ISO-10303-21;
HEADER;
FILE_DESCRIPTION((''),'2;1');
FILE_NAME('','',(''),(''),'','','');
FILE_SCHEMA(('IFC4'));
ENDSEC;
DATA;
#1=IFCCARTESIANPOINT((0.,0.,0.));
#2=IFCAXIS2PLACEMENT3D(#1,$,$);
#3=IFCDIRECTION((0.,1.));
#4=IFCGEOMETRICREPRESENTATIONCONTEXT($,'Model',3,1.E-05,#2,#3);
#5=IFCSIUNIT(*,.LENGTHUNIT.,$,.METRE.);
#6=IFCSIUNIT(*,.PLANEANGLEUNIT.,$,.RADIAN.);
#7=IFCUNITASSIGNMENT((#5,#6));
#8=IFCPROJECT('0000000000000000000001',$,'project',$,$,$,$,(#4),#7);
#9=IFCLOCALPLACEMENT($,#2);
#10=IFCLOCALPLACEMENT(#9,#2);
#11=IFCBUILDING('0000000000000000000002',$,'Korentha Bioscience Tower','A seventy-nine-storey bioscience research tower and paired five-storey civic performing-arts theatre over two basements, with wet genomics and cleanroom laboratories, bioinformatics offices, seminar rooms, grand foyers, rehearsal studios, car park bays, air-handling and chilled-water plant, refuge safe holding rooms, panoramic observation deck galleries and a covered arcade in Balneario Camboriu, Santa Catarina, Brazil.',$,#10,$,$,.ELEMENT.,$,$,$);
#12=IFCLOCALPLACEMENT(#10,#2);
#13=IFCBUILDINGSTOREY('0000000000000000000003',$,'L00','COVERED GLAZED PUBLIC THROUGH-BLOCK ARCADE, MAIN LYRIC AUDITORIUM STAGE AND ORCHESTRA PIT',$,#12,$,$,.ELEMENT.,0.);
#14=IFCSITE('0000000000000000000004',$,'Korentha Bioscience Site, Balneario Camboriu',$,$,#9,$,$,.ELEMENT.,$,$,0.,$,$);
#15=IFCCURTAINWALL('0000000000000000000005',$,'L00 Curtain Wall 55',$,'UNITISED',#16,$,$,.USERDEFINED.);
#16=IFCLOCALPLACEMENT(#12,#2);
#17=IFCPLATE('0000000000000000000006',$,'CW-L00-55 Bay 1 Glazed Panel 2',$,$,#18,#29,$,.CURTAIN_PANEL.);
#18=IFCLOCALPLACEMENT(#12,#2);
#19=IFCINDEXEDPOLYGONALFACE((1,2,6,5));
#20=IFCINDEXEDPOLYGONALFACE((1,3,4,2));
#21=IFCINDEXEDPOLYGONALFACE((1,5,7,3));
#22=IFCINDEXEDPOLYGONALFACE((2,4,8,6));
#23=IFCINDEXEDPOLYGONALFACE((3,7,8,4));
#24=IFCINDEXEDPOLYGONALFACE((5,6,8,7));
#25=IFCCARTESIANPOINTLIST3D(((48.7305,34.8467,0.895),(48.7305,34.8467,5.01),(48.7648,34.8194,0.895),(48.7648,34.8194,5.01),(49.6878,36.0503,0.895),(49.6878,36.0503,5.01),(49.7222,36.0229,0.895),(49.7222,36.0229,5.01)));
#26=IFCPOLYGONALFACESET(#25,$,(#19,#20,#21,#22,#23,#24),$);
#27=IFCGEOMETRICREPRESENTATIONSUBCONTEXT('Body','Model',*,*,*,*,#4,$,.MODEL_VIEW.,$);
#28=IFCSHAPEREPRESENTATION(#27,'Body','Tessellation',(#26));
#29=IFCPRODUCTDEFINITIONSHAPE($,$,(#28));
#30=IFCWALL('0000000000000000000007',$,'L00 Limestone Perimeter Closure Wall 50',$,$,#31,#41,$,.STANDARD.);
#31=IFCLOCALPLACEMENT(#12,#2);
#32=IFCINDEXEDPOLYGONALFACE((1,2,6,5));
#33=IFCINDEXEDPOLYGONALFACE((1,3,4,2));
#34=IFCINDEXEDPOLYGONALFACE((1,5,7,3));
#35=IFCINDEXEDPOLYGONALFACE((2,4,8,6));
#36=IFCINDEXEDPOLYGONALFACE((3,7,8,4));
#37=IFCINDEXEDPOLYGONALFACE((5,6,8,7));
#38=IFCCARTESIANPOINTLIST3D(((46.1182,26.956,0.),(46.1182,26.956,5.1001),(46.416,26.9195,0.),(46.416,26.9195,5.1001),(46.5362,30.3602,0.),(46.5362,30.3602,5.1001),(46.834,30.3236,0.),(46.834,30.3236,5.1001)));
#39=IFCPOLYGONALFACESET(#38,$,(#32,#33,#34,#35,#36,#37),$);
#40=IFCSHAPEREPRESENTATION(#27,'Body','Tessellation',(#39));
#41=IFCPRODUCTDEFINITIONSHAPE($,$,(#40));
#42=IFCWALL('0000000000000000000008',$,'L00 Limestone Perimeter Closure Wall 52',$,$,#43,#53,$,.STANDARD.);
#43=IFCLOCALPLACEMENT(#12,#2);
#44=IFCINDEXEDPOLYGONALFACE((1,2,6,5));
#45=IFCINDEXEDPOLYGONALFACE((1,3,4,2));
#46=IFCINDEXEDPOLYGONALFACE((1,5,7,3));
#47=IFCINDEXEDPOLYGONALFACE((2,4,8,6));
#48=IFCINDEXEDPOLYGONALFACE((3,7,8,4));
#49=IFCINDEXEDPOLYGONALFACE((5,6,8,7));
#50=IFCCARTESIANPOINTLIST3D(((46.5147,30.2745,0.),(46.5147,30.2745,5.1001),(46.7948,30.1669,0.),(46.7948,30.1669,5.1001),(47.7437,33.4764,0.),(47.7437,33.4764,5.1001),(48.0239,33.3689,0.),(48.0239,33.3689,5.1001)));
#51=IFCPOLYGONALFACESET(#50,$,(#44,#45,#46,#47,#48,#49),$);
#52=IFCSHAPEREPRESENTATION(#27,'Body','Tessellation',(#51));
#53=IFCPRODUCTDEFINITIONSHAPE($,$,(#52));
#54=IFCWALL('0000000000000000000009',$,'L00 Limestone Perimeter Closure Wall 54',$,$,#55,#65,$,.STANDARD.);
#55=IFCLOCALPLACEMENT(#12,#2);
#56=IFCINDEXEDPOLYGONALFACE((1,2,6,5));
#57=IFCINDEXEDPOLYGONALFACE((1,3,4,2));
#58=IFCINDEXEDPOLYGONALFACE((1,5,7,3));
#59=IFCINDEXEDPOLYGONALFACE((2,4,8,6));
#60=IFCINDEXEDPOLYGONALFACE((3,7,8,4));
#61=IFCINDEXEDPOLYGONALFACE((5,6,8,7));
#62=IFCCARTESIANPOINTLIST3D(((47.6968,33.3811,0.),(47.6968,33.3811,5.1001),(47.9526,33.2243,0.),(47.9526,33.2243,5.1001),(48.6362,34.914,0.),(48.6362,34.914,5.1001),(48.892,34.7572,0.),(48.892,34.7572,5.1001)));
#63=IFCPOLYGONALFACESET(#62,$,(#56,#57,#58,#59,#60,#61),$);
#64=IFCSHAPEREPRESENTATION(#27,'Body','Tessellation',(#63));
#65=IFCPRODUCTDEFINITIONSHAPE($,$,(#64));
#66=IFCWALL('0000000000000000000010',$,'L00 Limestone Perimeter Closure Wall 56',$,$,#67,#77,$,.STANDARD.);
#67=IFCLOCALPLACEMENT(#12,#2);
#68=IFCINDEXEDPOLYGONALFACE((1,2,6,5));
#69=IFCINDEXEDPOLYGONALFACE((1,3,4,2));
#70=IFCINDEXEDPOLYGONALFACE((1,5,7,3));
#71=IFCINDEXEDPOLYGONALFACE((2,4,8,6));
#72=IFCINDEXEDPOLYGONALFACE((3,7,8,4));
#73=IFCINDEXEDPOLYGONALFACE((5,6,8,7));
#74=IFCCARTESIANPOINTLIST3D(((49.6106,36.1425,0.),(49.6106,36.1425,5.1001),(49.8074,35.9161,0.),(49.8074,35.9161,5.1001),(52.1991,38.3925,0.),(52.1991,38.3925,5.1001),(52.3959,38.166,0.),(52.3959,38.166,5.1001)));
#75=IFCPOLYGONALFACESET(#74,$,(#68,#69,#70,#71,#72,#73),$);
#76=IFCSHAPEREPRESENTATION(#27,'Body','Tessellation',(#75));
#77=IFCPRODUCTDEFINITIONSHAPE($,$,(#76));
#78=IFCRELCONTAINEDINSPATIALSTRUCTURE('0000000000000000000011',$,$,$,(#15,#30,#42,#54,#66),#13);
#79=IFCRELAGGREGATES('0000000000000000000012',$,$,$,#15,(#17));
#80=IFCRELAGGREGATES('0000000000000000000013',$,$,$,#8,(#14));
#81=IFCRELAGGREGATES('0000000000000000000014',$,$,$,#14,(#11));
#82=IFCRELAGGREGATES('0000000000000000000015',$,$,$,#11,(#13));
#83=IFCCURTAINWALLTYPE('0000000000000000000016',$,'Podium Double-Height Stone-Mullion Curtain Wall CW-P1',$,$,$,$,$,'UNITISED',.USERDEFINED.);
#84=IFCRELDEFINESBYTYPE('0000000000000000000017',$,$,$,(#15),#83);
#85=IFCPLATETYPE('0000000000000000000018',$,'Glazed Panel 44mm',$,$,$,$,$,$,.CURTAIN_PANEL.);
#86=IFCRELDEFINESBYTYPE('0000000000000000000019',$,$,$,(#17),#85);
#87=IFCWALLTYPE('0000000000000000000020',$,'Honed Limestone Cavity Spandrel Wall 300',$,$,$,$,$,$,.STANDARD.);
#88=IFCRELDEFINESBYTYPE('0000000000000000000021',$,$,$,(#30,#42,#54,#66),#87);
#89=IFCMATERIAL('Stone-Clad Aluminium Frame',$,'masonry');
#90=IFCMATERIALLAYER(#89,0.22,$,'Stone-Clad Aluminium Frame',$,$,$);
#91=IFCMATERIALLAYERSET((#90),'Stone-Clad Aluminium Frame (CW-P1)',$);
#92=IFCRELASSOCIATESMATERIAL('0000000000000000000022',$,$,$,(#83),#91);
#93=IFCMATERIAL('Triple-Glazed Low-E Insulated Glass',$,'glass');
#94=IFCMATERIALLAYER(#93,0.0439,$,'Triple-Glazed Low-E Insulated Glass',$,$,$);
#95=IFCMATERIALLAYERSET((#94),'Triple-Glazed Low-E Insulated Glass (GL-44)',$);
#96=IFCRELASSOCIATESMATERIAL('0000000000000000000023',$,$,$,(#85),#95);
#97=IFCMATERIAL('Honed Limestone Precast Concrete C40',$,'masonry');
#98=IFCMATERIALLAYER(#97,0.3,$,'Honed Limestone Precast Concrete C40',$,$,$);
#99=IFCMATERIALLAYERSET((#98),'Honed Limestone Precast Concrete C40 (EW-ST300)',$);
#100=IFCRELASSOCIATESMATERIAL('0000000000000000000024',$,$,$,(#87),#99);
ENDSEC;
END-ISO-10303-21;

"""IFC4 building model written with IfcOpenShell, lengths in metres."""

from ifc_helpers import new_model, si_unit, direction, frame, frame_2d, origin, origin_2d, place, context, subcontext, project, spatial, rectangle, extrude, material, layer, layer_set, type_object, element, aggregate, save


model = new_model("IFC4")

# Units and contexts
model_context = context("Model", 3, precision=1e-05, world=origin(), true_north=direction((0.0, 1.0)))
body_context = subcontext(model_context, "Body", "Model", "MODEL_VIEW")
ifc_project = project(units=[si_unit("LENGTHUNIT", "METRE"), si_unit("PLANEANGLEUNIT", "RADIAN")], contexts=[model_context])

# Site, building, storey
site_placement = place(None, origin())
site = spatial("IfcSite", under=ifc_project, at=site_placement, Name="Korentha Bioscience Site, Balneario Camboriu", CompositionType="ELEMENT", RefElevation=0.0)
building_placement = place(site_placement, origin())
building = spatial("IfcBuilding", under=site, at=building_placement, Name="Korentha Bioscience Tower", Description="A seventy-nine-storey bioscience research tower and paired five-storey civic performing-arts theatre over two basements, with wet genomics and cleanroom laboratories, bioinformatics offices, seminar rooms, grand foyers, rehearsal studios, car park bays, air-handling and chilled-water plant, refuge safe holding rooms, panoramic observation deck galleries and a covered arcade in Balneario Camboriu, Santa Catarina, Brazil.", CompositionType="ELEMENT")
storey_placement = place(building_placement, origin())
storey = spatial("IfcBuildingStorey", under=building, at=storey_placement, Name="L00", Description="COVERED GLAZED PUBLIC THROUGH-BLOCK ARCADE, MAIN LYRIC AUDITORIUM STAGE AND ORCHESTRA PIT", CompositionType="ELEMENT", Elevation=0.0)

# Shared definitions
ifc_material_1 = material(Name="Stone-Clad Aluminium Frame", Category="masonry")
ifc_layer_1 = layer(ifc_material_1, 0.22, Name="Stone-Clad Aluminium Frame")
ifc_layer_set_1 = layer_set([ifc_layer_1], Name="Stone-Clad Aluminium Frame (CW-P1)")
curtain_wall_type = type_object("IfcCurtainWallType", Name="Podium Double-Height Stone-Mullion Curtain Wall CW-P1", ElementType="UNITISED", PredefinedType="USERDEFINED", material=ifc_layer_set_1)

# Curtain wall
curtain_wall_1_placement = place(storey_placement, origin())
curtain_wall_1 = element("IfcCurtainWall", 1, at=curtain_wall_1_placement, inside=storey, type_object=curtain_wall_type, Name="L00 Curtain Wall 55", ObjectType="UNITISED", PredefinedType="USERDEFINED")

# Plate
ifc_material_2 = material(Name="Triple-Glazed Low-E Insulated Glass", Category="glass")
ifc_layer_2 = layer(ifc_material_2, 0.0439, Name="Triple-Glazed Low-E Insulated Glass")
ifc_layer_set_2 = layer_set([ifc_layer_2], Name="Triple-Glazed Low-E Insulated Glass (GL-44)")
plate_type = type_object("IfcPlateType", Name="Glazed Panel 44mm", PredefinedType="CURTAIN_PANEL", material=ifc_layer_set_2)
plate_1_placement = place(storey_placement, frame((49.2263, 35.4348, 0.895), z_axis=(0.0, 0.0, 1.0), x_axis=(0.62252, 0.782604, 0.0)))
plate_1 = element("IfcPlate", 2, at=plate_1_placement, type_object=plate_type, Name="CW-L00-55 Bay 1 Glazed Panel 2", PredefinedType="CURTAIN_PANEL", context=body_context, shape_type="SweptSolid", body=[
    extrude(rectangle(XDim=1.5378, YDim=0.0439, at=origin_2d()), origin(), (0.0, 0.0, 1.0), 4.115),
])
aggregate(curtain_wall_1, [plate_1])

# Walls
ifc_material_3 = material(Name="Honed Limestone Precast Concrete C40", Category="masonry")
ifc_layer_3 = layer(ifc_material_3, 0.3, Name="Honed Limestone Precast Concrete C40")
ifc_layer_set_3 = layer_set([ifc_layer_3], Name="Honed Limestone Precast Concrete C40 (EW-ST300)")
wall_type = type_object("IfcWallType", Name="Honed Limestone Cavity Spandrel Wall 300", PredefinedType="STANDARD", material=ifc_layer_set_3)
for number, where, z_axis, x_axis, name in (
    (3, (46.2671, 26.9377, 0.0), (0.0, 0.0, 1.0), (0.12187, 0.992546, 0.0), "L00 Limestone Perimeter Closure Wall 50"),
    (4, (46.6548, 30.2207, 0.0), (0.0, 0.0, 1.0), (0.358345, 0.933589, 0.0), "L00 Limestone Perimeter Closure Wall 52"),
):
    element("IfcWall", number, at=place(storey_placement, frame(where, z_axis=z_axis, x_axis=x_axis)), inside=storey, type_object=wall_type, Name=name, PredefinedType="STANDARD", context=body_context, shape_type="SweptSolid", body=[
        extrude(rectangle(XDim=3.4297, YDim=0.3, at=frame_2d((1.7148, 0.0))), origin(), (0.0, 0.0, 1.0), 5.1001),
    ])
wall_1_placement = place(storey_placement, frame((47.8247, 33.3027, 0.0), z_axis=(0.0, 0.0, 1.0), x_axis=(0.522521, 0.852627, 0.0)))
element("IfcWall", 5, at=wall_1_placement, inside=storey, type_object=wall_type, Name="L00 Limestone Perimeter Closure Wall 54", PredefinedType="STANDARD", context=body_context, shape_type="SweptSolid", body=[
    extrude(rectangle(XDim=1.7979, YDim=0.3, at=frame_2d((0.8989, 0.0))), origin(), (0.0, 0.0, 1.0), 5.1001),
])
wall_2_placement = place(storey_placement, frame((49.709, 36.0293, 0.0), z_axis=(0.0, 0.0, 1.0), x_axis=(0.754746, 0.656017, 0.0)))
element("IfcWall", 6, at=wall_2_placement, inside=storey, type_object=wall_type, Name="L00 Limestone Perimeter Closure Wall 56", PredefinedType="STANDARD", context=body_context, shape_type="SweptSolid", body=[
    extrude(rectangle(XDim=3.4297, YDim=0.3, at=frame_2d((1.7148, 0.0))), origin(), (0.0, 0.0, 1.0), 5.1001),
])

save(model, "model.ifc")
